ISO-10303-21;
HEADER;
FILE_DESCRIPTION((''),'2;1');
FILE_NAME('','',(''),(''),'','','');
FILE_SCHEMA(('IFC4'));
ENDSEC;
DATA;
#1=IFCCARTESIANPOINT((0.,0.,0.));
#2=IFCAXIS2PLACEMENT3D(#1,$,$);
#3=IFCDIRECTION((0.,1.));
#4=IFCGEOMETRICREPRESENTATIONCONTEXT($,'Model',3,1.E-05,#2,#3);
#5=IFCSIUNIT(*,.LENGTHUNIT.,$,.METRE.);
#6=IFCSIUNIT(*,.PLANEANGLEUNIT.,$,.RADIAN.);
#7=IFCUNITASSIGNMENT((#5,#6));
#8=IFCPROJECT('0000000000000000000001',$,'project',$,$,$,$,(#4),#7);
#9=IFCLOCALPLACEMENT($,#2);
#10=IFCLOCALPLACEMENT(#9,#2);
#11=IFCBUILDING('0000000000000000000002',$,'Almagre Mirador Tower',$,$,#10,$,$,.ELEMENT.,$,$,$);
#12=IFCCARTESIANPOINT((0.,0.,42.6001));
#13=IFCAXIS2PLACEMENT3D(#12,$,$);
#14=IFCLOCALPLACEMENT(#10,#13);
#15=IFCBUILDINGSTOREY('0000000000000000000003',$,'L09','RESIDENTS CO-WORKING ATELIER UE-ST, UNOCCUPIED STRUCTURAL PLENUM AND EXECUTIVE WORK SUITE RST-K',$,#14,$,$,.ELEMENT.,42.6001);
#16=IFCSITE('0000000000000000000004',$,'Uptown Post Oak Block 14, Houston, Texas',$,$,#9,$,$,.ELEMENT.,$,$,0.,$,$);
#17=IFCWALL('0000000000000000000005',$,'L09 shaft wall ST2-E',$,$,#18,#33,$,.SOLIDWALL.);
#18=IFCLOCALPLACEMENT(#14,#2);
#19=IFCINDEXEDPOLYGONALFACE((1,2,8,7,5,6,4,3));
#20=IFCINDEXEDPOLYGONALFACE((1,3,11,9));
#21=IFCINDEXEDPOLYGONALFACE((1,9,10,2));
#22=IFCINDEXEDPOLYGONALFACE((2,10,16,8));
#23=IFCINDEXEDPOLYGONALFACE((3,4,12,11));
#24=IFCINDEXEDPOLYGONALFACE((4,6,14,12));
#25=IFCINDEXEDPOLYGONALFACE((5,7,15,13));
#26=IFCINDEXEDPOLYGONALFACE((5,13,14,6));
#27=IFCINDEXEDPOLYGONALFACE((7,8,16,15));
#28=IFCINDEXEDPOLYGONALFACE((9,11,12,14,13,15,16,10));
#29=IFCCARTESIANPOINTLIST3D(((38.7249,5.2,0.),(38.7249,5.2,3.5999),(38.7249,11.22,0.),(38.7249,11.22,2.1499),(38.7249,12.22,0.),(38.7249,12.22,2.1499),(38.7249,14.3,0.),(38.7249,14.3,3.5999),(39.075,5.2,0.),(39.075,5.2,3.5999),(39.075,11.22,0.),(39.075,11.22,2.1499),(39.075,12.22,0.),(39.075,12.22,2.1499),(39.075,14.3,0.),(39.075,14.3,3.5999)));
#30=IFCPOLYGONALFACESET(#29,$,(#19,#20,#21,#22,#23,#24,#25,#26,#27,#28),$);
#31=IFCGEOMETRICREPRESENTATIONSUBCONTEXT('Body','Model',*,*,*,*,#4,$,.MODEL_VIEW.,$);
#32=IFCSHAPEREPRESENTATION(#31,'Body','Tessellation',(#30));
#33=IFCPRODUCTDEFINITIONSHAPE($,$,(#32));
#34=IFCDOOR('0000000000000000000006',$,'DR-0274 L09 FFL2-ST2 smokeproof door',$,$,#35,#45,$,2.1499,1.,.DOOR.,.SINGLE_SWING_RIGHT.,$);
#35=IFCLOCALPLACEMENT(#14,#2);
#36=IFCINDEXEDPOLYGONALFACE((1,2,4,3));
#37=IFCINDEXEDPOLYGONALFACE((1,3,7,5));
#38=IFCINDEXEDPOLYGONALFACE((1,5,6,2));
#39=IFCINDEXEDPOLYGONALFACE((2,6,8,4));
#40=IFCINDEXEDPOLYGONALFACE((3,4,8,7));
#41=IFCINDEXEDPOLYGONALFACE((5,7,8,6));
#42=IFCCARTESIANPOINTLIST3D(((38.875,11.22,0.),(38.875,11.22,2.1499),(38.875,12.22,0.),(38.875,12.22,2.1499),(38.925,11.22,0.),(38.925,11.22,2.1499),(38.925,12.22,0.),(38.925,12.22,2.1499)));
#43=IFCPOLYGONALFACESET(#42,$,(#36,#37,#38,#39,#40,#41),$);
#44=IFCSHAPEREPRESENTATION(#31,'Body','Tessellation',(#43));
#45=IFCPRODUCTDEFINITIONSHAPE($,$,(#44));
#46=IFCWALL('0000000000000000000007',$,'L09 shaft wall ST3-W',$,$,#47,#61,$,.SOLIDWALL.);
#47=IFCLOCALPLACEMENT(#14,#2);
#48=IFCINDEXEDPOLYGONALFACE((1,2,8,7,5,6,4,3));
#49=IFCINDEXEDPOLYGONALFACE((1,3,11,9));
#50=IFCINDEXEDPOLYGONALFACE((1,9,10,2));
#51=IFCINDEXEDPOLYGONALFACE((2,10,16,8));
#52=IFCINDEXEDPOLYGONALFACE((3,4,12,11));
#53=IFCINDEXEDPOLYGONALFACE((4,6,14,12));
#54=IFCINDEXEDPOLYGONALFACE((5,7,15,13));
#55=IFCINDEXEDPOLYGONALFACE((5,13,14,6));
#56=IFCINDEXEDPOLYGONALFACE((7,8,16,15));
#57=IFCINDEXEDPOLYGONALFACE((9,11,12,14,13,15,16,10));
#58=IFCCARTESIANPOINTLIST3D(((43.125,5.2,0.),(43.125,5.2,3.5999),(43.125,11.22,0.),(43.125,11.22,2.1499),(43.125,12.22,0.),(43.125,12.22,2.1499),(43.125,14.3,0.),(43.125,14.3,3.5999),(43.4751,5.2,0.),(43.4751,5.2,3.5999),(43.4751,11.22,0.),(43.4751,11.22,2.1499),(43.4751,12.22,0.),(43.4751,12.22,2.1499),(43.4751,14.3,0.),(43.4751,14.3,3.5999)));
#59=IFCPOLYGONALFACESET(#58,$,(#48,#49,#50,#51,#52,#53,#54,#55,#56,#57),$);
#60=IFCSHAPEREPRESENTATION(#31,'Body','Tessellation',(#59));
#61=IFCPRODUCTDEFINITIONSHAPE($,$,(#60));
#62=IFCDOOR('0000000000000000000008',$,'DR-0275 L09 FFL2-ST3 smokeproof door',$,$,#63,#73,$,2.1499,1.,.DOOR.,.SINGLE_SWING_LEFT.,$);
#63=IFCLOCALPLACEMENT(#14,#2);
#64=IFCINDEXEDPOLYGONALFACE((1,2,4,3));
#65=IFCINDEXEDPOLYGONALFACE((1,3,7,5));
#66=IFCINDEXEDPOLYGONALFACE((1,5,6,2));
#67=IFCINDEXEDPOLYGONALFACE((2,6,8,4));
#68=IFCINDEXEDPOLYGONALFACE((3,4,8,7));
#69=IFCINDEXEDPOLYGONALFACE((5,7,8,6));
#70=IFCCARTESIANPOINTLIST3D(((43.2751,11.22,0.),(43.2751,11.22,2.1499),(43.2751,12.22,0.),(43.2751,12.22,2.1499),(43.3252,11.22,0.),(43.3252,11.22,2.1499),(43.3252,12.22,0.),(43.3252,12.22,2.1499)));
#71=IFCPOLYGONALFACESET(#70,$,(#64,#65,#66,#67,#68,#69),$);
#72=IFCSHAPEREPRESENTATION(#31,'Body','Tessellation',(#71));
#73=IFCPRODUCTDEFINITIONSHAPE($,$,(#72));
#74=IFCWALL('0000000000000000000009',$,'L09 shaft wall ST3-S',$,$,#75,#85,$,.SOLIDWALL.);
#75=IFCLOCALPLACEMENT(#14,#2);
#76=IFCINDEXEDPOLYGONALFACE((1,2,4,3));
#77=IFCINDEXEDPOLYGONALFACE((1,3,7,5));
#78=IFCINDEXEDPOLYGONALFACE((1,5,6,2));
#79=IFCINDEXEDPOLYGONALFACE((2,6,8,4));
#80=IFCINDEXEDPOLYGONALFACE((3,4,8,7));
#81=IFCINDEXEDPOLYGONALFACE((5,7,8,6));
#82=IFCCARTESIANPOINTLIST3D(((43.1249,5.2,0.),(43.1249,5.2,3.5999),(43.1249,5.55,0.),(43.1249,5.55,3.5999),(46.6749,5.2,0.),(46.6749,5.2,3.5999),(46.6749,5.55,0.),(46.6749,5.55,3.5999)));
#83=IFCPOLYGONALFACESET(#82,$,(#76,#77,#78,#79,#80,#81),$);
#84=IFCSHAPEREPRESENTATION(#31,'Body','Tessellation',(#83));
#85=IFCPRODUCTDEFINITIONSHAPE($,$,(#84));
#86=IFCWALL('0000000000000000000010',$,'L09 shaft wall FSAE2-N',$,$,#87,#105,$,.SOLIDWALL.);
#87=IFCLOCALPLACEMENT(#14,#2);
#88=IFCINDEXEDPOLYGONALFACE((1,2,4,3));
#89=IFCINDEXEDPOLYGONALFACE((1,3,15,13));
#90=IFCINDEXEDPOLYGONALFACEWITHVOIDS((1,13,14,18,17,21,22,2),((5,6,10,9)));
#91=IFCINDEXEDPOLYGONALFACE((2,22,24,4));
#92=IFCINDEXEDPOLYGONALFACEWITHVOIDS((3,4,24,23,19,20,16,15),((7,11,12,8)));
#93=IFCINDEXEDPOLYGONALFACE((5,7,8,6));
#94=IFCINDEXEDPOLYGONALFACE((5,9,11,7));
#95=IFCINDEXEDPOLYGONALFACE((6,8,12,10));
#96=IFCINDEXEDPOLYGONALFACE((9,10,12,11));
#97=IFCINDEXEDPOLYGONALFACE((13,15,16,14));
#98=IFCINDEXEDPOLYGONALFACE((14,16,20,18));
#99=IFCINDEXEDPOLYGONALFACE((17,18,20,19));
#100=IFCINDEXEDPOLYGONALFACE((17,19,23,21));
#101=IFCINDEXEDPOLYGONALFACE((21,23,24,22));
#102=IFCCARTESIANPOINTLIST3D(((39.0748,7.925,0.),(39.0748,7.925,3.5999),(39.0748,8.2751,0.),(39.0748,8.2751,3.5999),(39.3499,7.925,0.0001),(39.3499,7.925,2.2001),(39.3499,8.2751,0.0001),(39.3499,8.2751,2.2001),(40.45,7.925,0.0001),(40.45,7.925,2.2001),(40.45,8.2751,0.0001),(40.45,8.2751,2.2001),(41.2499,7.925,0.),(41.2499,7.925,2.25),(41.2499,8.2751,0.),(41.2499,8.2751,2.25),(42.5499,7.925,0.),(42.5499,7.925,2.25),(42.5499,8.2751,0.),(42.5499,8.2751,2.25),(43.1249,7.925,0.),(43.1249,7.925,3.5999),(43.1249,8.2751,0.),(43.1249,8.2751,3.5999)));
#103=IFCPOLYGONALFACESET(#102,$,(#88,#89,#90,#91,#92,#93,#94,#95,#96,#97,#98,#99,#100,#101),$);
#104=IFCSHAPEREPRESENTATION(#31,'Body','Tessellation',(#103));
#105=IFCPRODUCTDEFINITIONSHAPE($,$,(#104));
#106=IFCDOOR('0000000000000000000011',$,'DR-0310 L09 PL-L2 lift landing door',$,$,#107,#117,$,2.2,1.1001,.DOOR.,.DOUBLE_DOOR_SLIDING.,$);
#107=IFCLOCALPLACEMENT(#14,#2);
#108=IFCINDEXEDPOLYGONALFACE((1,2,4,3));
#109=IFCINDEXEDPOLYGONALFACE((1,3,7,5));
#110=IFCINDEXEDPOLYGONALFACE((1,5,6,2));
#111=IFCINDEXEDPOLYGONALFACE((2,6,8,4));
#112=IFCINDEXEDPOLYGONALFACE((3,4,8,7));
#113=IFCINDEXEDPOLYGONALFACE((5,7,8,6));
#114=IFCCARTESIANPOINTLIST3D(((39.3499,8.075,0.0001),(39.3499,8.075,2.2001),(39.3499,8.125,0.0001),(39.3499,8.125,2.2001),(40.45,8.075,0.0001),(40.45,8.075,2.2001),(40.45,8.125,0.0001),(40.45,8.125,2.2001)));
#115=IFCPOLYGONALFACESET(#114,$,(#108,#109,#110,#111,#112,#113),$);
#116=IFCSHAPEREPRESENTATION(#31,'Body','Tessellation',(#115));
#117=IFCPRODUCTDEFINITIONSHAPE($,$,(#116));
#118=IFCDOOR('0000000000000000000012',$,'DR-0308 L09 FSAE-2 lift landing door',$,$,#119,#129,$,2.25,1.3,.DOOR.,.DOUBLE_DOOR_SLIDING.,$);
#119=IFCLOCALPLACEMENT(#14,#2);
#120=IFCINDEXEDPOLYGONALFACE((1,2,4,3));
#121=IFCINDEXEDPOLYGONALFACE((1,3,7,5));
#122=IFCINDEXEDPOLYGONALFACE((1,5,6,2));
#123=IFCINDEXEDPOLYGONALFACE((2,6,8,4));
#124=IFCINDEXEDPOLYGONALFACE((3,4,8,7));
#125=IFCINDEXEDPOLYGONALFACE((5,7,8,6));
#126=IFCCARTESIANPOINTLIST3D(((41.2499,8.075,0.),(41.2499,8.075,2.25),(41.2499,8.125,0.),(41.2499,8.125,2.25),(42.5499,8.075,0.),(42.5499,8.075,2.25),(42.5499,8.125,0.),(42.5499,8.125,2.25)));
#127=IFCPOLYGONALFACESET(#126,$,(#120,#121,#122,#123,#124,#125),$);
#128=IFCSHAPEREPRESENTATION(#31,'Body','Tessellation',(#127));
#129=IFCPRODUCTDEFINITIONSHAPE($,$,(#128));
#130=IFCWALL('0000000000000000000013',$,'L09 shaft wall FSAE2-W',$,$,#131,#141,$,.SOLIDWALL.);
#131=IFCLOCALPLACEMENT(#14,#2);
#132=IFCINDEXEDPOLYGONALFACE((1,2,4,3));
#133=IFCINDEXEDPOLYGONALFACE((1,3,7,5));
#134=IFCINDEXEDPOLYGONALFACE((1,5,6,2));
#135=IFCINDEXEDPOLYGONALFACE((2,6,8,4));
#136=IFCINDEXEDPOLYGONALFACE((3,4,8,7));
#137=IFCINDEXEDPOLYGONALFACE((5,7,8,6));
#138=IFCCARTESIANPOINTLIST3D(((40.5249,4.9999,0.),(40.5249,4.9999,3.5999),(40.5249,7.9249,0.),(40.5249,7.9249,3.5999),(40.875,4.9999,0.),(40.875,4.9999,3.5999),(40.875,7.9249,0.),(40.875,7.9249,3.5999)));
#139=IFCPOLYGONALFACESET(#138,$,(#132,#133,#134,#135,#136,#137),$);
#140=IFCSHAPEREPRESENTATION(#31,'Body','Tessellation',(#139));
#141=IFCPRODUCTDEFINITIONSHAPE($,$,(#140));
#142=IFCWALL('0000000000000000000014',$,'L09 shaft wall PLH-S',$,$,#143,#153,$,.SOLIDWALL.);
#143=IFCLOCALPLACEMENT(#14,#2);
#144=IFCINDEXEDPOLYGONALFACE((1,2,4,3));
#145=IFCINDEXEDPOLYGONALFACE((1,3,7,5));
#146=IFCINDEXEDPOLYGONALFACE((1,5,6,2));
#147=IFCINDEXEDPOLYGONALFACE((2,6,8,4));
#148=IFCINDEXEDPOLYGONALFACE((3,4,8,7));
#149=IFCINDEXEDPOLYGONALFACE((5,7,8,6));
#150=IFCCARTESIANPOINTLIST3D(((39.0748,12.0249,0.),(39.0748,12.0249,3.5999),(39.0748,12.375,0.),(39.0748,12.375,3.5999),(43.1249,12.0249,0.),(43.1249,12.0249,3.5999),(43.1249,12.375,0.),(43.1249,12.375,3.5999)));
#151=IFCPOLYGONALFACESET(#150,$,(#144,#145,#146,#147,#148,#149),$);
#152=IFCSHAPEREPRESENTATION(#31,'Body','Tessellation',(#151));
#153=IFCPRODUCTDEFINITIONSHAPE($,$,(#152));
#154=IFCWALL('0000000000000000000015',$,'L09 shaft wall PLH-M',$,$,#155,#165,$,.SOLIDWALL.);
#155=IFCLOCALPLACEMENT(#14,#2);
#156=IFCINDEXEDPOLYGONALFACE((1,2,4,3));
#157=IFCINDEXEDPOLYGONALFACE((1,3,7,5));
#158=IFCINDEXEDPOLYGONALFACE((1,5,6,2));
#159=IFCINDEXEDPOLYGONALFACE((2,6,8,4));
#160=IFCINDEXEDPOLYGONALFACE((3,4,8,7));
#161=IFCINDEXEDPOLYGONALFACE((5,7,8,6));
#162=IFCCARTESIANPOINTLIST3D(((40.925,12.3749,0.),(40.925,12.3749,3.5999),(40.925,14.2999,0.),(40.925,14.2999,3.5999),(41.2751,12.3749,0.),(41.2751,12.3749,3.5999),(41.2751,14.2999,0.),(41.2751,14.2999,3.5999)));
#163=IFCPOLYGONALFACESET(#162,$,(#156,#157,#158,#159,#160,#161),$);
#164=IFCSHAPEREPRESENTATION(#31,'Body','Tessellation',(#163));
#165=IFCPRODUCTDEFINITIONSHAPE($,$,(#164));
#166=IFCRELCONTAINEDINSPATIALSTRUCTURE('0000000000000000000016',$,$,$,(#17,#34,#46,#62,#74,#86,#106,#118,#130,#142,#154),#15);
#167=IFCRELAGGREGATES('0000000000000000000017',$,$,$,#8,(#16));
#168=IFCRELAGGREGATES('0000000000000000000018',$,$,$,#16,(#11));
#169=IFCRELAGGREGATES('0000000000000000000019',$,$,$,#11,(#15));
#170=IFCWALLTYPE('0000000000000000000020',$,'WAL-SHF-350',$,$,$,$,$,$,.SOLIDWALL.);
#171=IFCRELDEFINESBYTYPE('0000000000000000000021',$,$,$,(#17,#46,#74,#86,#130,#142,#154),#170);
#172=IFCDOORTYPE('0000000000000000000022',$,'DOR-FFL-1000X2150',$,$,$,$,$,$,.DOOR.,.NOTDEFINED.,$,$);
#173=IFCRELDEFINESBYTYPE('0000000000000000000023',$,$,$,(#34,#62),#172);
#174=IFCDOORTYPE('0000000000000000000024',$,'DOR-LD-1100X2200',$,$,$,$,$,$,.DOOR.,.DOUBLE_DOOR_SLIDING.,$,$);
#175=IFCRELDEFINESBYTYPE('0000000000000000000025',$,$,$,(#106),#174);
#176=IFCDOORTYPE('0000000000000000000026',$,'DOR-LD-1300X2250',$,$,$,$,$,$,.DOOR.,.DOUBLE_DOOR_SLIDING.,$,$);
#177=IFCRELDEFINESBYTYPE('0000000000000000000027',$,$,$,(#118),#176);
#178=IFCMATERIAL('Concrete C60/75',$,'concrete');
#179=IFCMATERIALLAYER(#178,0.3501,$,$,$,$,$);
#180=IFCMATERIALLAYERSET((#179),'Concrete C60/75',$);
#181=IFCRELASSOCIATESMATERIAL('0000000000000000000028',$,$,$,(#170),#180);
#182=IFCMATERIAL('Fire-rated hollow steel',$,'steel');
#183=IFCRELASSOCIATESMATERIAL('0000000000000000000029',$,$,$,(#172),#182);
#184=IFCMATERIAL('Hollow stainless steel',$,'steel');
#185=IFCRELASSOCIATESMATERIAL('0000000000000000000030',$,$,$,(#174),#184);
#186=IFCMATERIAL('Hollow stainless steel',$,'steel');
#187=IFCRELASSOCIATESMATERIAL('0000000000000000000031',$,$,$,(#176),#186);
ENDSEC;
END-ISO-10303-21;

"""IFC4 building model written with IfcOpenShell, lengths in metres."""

from ifc_helpers import new_model, si_unit, direction, frame, frame_2d, origin, place, context, subcontext, project, spatial, rectangle, extrude, material, layer, layer_set, type_object, element, fill, save


model = new_model("IFC4")

# Units and contexts
model_context = context("Model", 3, precision=1e-05, world=origin(), true_north=direction((0.0, 1.0)))
body_context = subcontext(model_context, "Body", "Model", "MODEL_VIEW")
ifc_project = project(units=[si_unit("LENGTHUNIT", "METRE"), si_unit("PLANEANGLEUNIT", "RADIAN")], contexts=[model_context])

# Site, building, storey
site_placement = place(None, origin())
site = spatial("IfcSite", under=ifc_project, at=site_placement, Name="Uptown Post Oak Block 14, Houston, Texas", CompositionType="ELEMENT", RefElevation=0.0)
building_placement = place(site_placement, origin())
building = spatial("IfcBuilding", under=site, at=building_placement, Name="Almagre Mirador Tower", CompositionType="ELEMENT")
storey_placement = place(building_placement, frame((0.0, 0.0, 42.6001)))
storey = spatial("IfcBuildingStorey", under=building, at=storey_placement, Name="L09", Description="RESIDENTS CO-WORKING ATELIER UE-ST, UNOCCUPIED STRUCTURAL PLENUM AND EXECUTIVE WORK SUITE RST-K", CompositionType="ELEMENT", Elevation=42.6001)

# Walls, openings, doors
ifc_material_1 = material(Name="Concrete C60/75", Category="concrete")
ifc_layer_1 = layer(ifc_material_1, 0.3501)
ifc_layer_set_1 = layer_set([ifc_layer_1], Name="Concrete C60/75")
wall_type_1 = type_object("IfcWallType", Name="WAL-SHF-350", PredefinedType="SOLIDWALL", material=ifc_layer_set_1)
wall_1_placement = place(storey_placement, frame((38.8999, 5.2, 0.0), z_axis=(0.0, 0.0, 1.0), x_axis=(0.0, 1.0, 0.0)))
wall_1 = element("IfcWall", 1, at=wall_1_placement, inside=storey, type_object=wall_type_1, Name="L09 shaft wall ST2-E", PredefinedType="SOLIDWALL", context=body_context, shape_type="SweptSolid", body=[
    extrude(rectangle(XDim=9.1001, YDim=0.3501, at=frame_2d((4.55, 0.0))), origin(), (0.0, 0.0, 1.0), 3.5999),
])
opening_1_placement = place(wall_1_placement, frame((6.02, 0.0, 0.0)))
opening_1 = element("IfcOpeningElement", 2, at=opening_1_placement, cuts=wall_1, PredefinedType="OPENING", context=body_context, shape_type="SweptSolid", body=[
    extrude(rectangle(XDim=1.0, YDim=2.1499, at=frame_2d((0.5, 1.075))), frame((0.0, 0.185, 0.0), z_axis=(0.0, -1.0, 0.0), x_axis=(1.0, 0.0, 0.0)), (0.0, 0.0, 1.0), 0.3701),
])
ifc_material_2 = material(Name="Fire-rated hollow steel", Category="steel")
door_type_1 = type_object("IfcDoorType", Name="DOR-FFL-1000X2150", OperationType="NOTDEFINED", PredefinedType="DOOR", material=ifc_material_2)
door_1_placement = place(opening_1_placement, origin())
door_1 = element("IfcDoor", 3, at=door_1_placement, inside=storey, type_object=door_type_1, Name="DR-0274 L09 FFL2-ST2 smokeproof door", OperationType="SINGLE_SWING_RIGHT", OverallHeight=2.1499, OverallWidth=1.0, PredefinedType="DOOR", context=body_context, shape_type="SweptSolid", body=[
    extrude(rectangle(XDim=1.0, YDim=2.1499, at=frame_2d((0.5, 1.075))), frame((0.0, 0.0249, 0.0), z_axis=(0.0, -1.0, 0.0), x_axis=(1.0, 0.0, 0.0)), (0.0, 0.0, 1.0), 0.05),
])
fill(opening_1, door_1)
wall_2_placement = place(storey_placement, frame((43.3, 5.2, 0.0), z_axis=(0.0, 0.0, 1.0), x_axis=(0.0, 1.0, 0.0)))
wall_2 = element("IfcWall", 4, at=wall_2_placement, inside=storey, type_object=wall_type_1, Name="L09 shaft wall ST3-W", PredefinedType="SOLIDWALL", context=body_context, shape_type="SweptSolid", body=[
    extrude(rectangle(XDim=9.1001, YDim=0.3501, at=frame_2d((4.55, 0.0))), origin(), (0.0, 0.0, 1.0), 3.5999),
])
opening_2_placement = place(wall_2_placement, frame((6.02, 0.0, 0.0)))
opening_2 = element("IfcOpeningElement", 5, at=opening_2_placement, cuts=wall_2, PredefinedType="OPENING", context=body_context, shape_type="SweptSolid", body=[
    extrude(rectangle(XDim=1.0, YDim=2.1499, at=frame_2d((0.5, 1.075))), frame((0.0, 0.185, 0.0), z_axis=(0.0, -1.0, 0.0), x_axis=(1.0, 0.0, 0.0)), (0.0, 0.0, 1.0), 0.3701),
])
door_2_placement = place(opening_2_placement, origin())
door_2 = element("IfcDoor", 6, at=door_2_placement, inside=storey, type_object=door_type_1, Name="DR-0275 L09 FFL2-ST3 smokeproof door", OperationType="SINGLE_SWING_LEFT", OverallHeight=2.1499, OverallWidth=1.0, PredefinedType="DOOR", context=body_context, shape_type="SweptSolid", body=[
    extrude(rectangle(XDim=1.0, YDim=2.1499, at=frame_2d((0.5, 1.075))), frame((0.0, 0.0249, 0.0), z_axis=(0.0, -1.0, 0.0), x_axis=(1.0, 0.0, 0.0)), (0.0, 0.0, 1.0), 0.05),
])
fill(opening_2, door_2)

# Wall
wall_3_placement = place(storey_placement, frame((43.125, 5.375, 0.0), z_axis=(0.0, 0.0, 1.0), x_axis=(1.0, 0.0, 0.0)))
element("IfcWall", 7, at=wall_3_placement, inside=storey, type_object=wall_type_1, Name="L09 shaft wall ST3-S", PredefinedType="SOLIDWALL", context=body_context, shape_type="SweptSolid", body=[
    extrude(rectangle(XDim=3.55, YDim=0.3501, at=frame_2d((1.7749, 0.0))), origin(), (0.0, 0.0, 1.0), 3.5999),
])

# Wall, openings, doors
wall_4_placement = place(storey_placement, frame((39.075, 8.1001, 0.0), z_axis=(0.0, 0.0, 1.0), x_axis=(1.0, 0.0, 0.0)))
wall_4 = element("IfcWall", 8, at=wall_4_placement, inside=storey, type_object=wall_type_1, Name="L09 shaft wall FSAE2-N", PredefinedType="SOLIDWALL", context=body_context, shape_type="SweptSolid", body=[
    extrude(rectangle(XDim=4.05, YDim=0.3501, at=frame_2d((2.0249, 0.0))), origin(), (0.0, 0.0, 1.0), 3.5999),
])
opening_3_placement = place(wall_4_placement, frame((2.175, 0.0, 0.0)))
opening_3 = element("IfcOpeningElement", 9, at=opening_3_placement, cuts=wall_4, PredefinedType="OPENING", context=body_context, shape_type="SweptSolid", body=[
    extrude(rectangle(XDim=1.3, YDim=2.25, at=frame_2d((0.6499, 1.125))), frame((0.0, 0.185, 0.0), z_axis=(0.0, -1.0, 0.0), x_axis=(1.0, 0.0, 0.0)), (0.0, 0.0, 1.0), 0.3701),
])
opening_4_placement = place(wall_4_placement, frame((0.2749, 0.0, 0.0)))
opening_4 = element("IfcOpeningElement", 10, at=opening_4_placement, cuts=wall_4, PredefinedType="OPENING", context=body_context, shape_type="SweptSolid", body=[
    extrude(rectangle(XDim=1.1001, YDim=2.2, at=frame_2d((0.55, 1.1001))), frame((0.0, 0.185, 0.0), z_axis=(0.0, -1.0, 0.0), x_axis=(1.0, 0.0, 0.0)), (0.0, 0.0, 1.0), 0.3701),
])
ifc_material_3 = material(Name="Hollow stainless steel", Category="steel")
door_type_2 = type_object("IfcDoorType", Name="DOR-LD-1100X2200", OperationType="DOUBLE_DOOR_SLIDING", PredefinedType="DOOR", material=ifc_material_3)
door_3_placement = place(opening_4_placement, origin())
door_3 = element("IfcDoor", 11, at=door_3_placement, inside=storey, type_object=door_type_2, Name="DR-0310 L09 PL-L2 lift landing door", OperationType="DOUBLE_DOOR_SLIDING", OverallHeight=2.2, OverallWidth=1.1001, PredefinedType="DOOR", context=body_context, shape_type="SweptSolid", body=[
    extrude(rectangle(XDim=1.1001, YDim=2.2, at=frame_2d((0.55, 1.1001))), frame((0.0, 0.0249, 0.0), z_axis=(0.0, -1.0, 0.0), x_axis=(1.0, 0.0, 0.0)), (0.0, 0.0, 1.0), 0.05),
])
fill(opening_4, door_3)
ifc_material_4 = material(Name="Hollow stainless steel", Category="steel")
door_type_3 = type_object("IfcDoorType", Name="DOR-LD-1300X2250", OperationType="DOUBLE_DOOR_SLIDING", PredefinedType="DOOR", material=ifc_material_4)
door_4_placement = place(opening_3_placement, origin())
door_4 = element("IfcDoor", 12, at=door_4_placement, inside=storey, type_object=door_type_3, Name="DR-0308 L09 FSAE-2 lift landing door", OperationType="DOUBLE_DOOR_SLIDING", OverallHeight=2.25, OverallWidth=1.3, PredefinedType="DOOR", context=body_context, shape_type="SweptSolid", body=[
    extrude(rectangle(XDim=1.3, YDim=2.25, at=frame_2d((0.6499, 1.125))), frame((0.0, 0.0249, 0.0), z_axis=(0.0, -1.0, 0.0), x_axis=(1.0, 0.0, 0.0)), (0.0, 0.0, 1.0), 0.05),
])
fill(opening_3, door_4)

# Walls
wall_5_placement = place(storey_placement, frame((40.7, 5.0, 0.0), z_axis=(0.0, 0.0, 1.0), x_axis=(0.0, 1.0, 0.0)))
element("IfcWall", 13, at=wall_5_placement, inside=storey, type_object=wall_type_1, Name="L09 shaft wall FSAE2-W", PredefinedType="SOLIDWALL", context=body_context, shape_type="SweptSolid", body=[
    extrude(rectangle(XDim=2.925, YDim=0.3501, at=frame_2d((1.4624, 0.0))), origin(), (0.0, 0.0, 1.0), 3.5999),
])
wall_6_placement = place(storey_placement, frame((39.075, 12.2, 0.0), z_axis=(0.0, 0.0, 1.0), x_axis=(1.0, 0.0, 0.0)))
element("IfcWall", 14, at=wall_6_placement, inside=storey, type_object=wall_type_1, Name="L09 shaft wall PLH-S", PredefinedType="SOLIDWALL", context=body_context, shape_type="SweptSolid", body=[
    extrude(rectangle(XDim=4.05, YDim=0.3501, at=frame_2d((2.0249, 0.0))), origin(), (0.0, 0.0, 1.0), 3.5999),
])
wall_7_placement = place(storey_placement, frame((41.1001, 12.375, 0.0), z_axis=(0.0, 0.0, 1.0), x_axis=(0.0, 1.0, 0.0)))
element("IfcWall", 15, at=wall_7_placement, inside=storey, type_object=wall_type_1, Name="L09 shaft wall PLH-M", PredefinedType="SOLIDWALL", context=body_context, shape_type="SweptSolid", body=[
    extrude(rectangle(XDim=1.925, YDim=0.3501, at=frame_2d((0.9624, 0.0))), origin(), (0.0, 0.0, 1.0), 3.5999),
])

save(model, "model.ifc")
